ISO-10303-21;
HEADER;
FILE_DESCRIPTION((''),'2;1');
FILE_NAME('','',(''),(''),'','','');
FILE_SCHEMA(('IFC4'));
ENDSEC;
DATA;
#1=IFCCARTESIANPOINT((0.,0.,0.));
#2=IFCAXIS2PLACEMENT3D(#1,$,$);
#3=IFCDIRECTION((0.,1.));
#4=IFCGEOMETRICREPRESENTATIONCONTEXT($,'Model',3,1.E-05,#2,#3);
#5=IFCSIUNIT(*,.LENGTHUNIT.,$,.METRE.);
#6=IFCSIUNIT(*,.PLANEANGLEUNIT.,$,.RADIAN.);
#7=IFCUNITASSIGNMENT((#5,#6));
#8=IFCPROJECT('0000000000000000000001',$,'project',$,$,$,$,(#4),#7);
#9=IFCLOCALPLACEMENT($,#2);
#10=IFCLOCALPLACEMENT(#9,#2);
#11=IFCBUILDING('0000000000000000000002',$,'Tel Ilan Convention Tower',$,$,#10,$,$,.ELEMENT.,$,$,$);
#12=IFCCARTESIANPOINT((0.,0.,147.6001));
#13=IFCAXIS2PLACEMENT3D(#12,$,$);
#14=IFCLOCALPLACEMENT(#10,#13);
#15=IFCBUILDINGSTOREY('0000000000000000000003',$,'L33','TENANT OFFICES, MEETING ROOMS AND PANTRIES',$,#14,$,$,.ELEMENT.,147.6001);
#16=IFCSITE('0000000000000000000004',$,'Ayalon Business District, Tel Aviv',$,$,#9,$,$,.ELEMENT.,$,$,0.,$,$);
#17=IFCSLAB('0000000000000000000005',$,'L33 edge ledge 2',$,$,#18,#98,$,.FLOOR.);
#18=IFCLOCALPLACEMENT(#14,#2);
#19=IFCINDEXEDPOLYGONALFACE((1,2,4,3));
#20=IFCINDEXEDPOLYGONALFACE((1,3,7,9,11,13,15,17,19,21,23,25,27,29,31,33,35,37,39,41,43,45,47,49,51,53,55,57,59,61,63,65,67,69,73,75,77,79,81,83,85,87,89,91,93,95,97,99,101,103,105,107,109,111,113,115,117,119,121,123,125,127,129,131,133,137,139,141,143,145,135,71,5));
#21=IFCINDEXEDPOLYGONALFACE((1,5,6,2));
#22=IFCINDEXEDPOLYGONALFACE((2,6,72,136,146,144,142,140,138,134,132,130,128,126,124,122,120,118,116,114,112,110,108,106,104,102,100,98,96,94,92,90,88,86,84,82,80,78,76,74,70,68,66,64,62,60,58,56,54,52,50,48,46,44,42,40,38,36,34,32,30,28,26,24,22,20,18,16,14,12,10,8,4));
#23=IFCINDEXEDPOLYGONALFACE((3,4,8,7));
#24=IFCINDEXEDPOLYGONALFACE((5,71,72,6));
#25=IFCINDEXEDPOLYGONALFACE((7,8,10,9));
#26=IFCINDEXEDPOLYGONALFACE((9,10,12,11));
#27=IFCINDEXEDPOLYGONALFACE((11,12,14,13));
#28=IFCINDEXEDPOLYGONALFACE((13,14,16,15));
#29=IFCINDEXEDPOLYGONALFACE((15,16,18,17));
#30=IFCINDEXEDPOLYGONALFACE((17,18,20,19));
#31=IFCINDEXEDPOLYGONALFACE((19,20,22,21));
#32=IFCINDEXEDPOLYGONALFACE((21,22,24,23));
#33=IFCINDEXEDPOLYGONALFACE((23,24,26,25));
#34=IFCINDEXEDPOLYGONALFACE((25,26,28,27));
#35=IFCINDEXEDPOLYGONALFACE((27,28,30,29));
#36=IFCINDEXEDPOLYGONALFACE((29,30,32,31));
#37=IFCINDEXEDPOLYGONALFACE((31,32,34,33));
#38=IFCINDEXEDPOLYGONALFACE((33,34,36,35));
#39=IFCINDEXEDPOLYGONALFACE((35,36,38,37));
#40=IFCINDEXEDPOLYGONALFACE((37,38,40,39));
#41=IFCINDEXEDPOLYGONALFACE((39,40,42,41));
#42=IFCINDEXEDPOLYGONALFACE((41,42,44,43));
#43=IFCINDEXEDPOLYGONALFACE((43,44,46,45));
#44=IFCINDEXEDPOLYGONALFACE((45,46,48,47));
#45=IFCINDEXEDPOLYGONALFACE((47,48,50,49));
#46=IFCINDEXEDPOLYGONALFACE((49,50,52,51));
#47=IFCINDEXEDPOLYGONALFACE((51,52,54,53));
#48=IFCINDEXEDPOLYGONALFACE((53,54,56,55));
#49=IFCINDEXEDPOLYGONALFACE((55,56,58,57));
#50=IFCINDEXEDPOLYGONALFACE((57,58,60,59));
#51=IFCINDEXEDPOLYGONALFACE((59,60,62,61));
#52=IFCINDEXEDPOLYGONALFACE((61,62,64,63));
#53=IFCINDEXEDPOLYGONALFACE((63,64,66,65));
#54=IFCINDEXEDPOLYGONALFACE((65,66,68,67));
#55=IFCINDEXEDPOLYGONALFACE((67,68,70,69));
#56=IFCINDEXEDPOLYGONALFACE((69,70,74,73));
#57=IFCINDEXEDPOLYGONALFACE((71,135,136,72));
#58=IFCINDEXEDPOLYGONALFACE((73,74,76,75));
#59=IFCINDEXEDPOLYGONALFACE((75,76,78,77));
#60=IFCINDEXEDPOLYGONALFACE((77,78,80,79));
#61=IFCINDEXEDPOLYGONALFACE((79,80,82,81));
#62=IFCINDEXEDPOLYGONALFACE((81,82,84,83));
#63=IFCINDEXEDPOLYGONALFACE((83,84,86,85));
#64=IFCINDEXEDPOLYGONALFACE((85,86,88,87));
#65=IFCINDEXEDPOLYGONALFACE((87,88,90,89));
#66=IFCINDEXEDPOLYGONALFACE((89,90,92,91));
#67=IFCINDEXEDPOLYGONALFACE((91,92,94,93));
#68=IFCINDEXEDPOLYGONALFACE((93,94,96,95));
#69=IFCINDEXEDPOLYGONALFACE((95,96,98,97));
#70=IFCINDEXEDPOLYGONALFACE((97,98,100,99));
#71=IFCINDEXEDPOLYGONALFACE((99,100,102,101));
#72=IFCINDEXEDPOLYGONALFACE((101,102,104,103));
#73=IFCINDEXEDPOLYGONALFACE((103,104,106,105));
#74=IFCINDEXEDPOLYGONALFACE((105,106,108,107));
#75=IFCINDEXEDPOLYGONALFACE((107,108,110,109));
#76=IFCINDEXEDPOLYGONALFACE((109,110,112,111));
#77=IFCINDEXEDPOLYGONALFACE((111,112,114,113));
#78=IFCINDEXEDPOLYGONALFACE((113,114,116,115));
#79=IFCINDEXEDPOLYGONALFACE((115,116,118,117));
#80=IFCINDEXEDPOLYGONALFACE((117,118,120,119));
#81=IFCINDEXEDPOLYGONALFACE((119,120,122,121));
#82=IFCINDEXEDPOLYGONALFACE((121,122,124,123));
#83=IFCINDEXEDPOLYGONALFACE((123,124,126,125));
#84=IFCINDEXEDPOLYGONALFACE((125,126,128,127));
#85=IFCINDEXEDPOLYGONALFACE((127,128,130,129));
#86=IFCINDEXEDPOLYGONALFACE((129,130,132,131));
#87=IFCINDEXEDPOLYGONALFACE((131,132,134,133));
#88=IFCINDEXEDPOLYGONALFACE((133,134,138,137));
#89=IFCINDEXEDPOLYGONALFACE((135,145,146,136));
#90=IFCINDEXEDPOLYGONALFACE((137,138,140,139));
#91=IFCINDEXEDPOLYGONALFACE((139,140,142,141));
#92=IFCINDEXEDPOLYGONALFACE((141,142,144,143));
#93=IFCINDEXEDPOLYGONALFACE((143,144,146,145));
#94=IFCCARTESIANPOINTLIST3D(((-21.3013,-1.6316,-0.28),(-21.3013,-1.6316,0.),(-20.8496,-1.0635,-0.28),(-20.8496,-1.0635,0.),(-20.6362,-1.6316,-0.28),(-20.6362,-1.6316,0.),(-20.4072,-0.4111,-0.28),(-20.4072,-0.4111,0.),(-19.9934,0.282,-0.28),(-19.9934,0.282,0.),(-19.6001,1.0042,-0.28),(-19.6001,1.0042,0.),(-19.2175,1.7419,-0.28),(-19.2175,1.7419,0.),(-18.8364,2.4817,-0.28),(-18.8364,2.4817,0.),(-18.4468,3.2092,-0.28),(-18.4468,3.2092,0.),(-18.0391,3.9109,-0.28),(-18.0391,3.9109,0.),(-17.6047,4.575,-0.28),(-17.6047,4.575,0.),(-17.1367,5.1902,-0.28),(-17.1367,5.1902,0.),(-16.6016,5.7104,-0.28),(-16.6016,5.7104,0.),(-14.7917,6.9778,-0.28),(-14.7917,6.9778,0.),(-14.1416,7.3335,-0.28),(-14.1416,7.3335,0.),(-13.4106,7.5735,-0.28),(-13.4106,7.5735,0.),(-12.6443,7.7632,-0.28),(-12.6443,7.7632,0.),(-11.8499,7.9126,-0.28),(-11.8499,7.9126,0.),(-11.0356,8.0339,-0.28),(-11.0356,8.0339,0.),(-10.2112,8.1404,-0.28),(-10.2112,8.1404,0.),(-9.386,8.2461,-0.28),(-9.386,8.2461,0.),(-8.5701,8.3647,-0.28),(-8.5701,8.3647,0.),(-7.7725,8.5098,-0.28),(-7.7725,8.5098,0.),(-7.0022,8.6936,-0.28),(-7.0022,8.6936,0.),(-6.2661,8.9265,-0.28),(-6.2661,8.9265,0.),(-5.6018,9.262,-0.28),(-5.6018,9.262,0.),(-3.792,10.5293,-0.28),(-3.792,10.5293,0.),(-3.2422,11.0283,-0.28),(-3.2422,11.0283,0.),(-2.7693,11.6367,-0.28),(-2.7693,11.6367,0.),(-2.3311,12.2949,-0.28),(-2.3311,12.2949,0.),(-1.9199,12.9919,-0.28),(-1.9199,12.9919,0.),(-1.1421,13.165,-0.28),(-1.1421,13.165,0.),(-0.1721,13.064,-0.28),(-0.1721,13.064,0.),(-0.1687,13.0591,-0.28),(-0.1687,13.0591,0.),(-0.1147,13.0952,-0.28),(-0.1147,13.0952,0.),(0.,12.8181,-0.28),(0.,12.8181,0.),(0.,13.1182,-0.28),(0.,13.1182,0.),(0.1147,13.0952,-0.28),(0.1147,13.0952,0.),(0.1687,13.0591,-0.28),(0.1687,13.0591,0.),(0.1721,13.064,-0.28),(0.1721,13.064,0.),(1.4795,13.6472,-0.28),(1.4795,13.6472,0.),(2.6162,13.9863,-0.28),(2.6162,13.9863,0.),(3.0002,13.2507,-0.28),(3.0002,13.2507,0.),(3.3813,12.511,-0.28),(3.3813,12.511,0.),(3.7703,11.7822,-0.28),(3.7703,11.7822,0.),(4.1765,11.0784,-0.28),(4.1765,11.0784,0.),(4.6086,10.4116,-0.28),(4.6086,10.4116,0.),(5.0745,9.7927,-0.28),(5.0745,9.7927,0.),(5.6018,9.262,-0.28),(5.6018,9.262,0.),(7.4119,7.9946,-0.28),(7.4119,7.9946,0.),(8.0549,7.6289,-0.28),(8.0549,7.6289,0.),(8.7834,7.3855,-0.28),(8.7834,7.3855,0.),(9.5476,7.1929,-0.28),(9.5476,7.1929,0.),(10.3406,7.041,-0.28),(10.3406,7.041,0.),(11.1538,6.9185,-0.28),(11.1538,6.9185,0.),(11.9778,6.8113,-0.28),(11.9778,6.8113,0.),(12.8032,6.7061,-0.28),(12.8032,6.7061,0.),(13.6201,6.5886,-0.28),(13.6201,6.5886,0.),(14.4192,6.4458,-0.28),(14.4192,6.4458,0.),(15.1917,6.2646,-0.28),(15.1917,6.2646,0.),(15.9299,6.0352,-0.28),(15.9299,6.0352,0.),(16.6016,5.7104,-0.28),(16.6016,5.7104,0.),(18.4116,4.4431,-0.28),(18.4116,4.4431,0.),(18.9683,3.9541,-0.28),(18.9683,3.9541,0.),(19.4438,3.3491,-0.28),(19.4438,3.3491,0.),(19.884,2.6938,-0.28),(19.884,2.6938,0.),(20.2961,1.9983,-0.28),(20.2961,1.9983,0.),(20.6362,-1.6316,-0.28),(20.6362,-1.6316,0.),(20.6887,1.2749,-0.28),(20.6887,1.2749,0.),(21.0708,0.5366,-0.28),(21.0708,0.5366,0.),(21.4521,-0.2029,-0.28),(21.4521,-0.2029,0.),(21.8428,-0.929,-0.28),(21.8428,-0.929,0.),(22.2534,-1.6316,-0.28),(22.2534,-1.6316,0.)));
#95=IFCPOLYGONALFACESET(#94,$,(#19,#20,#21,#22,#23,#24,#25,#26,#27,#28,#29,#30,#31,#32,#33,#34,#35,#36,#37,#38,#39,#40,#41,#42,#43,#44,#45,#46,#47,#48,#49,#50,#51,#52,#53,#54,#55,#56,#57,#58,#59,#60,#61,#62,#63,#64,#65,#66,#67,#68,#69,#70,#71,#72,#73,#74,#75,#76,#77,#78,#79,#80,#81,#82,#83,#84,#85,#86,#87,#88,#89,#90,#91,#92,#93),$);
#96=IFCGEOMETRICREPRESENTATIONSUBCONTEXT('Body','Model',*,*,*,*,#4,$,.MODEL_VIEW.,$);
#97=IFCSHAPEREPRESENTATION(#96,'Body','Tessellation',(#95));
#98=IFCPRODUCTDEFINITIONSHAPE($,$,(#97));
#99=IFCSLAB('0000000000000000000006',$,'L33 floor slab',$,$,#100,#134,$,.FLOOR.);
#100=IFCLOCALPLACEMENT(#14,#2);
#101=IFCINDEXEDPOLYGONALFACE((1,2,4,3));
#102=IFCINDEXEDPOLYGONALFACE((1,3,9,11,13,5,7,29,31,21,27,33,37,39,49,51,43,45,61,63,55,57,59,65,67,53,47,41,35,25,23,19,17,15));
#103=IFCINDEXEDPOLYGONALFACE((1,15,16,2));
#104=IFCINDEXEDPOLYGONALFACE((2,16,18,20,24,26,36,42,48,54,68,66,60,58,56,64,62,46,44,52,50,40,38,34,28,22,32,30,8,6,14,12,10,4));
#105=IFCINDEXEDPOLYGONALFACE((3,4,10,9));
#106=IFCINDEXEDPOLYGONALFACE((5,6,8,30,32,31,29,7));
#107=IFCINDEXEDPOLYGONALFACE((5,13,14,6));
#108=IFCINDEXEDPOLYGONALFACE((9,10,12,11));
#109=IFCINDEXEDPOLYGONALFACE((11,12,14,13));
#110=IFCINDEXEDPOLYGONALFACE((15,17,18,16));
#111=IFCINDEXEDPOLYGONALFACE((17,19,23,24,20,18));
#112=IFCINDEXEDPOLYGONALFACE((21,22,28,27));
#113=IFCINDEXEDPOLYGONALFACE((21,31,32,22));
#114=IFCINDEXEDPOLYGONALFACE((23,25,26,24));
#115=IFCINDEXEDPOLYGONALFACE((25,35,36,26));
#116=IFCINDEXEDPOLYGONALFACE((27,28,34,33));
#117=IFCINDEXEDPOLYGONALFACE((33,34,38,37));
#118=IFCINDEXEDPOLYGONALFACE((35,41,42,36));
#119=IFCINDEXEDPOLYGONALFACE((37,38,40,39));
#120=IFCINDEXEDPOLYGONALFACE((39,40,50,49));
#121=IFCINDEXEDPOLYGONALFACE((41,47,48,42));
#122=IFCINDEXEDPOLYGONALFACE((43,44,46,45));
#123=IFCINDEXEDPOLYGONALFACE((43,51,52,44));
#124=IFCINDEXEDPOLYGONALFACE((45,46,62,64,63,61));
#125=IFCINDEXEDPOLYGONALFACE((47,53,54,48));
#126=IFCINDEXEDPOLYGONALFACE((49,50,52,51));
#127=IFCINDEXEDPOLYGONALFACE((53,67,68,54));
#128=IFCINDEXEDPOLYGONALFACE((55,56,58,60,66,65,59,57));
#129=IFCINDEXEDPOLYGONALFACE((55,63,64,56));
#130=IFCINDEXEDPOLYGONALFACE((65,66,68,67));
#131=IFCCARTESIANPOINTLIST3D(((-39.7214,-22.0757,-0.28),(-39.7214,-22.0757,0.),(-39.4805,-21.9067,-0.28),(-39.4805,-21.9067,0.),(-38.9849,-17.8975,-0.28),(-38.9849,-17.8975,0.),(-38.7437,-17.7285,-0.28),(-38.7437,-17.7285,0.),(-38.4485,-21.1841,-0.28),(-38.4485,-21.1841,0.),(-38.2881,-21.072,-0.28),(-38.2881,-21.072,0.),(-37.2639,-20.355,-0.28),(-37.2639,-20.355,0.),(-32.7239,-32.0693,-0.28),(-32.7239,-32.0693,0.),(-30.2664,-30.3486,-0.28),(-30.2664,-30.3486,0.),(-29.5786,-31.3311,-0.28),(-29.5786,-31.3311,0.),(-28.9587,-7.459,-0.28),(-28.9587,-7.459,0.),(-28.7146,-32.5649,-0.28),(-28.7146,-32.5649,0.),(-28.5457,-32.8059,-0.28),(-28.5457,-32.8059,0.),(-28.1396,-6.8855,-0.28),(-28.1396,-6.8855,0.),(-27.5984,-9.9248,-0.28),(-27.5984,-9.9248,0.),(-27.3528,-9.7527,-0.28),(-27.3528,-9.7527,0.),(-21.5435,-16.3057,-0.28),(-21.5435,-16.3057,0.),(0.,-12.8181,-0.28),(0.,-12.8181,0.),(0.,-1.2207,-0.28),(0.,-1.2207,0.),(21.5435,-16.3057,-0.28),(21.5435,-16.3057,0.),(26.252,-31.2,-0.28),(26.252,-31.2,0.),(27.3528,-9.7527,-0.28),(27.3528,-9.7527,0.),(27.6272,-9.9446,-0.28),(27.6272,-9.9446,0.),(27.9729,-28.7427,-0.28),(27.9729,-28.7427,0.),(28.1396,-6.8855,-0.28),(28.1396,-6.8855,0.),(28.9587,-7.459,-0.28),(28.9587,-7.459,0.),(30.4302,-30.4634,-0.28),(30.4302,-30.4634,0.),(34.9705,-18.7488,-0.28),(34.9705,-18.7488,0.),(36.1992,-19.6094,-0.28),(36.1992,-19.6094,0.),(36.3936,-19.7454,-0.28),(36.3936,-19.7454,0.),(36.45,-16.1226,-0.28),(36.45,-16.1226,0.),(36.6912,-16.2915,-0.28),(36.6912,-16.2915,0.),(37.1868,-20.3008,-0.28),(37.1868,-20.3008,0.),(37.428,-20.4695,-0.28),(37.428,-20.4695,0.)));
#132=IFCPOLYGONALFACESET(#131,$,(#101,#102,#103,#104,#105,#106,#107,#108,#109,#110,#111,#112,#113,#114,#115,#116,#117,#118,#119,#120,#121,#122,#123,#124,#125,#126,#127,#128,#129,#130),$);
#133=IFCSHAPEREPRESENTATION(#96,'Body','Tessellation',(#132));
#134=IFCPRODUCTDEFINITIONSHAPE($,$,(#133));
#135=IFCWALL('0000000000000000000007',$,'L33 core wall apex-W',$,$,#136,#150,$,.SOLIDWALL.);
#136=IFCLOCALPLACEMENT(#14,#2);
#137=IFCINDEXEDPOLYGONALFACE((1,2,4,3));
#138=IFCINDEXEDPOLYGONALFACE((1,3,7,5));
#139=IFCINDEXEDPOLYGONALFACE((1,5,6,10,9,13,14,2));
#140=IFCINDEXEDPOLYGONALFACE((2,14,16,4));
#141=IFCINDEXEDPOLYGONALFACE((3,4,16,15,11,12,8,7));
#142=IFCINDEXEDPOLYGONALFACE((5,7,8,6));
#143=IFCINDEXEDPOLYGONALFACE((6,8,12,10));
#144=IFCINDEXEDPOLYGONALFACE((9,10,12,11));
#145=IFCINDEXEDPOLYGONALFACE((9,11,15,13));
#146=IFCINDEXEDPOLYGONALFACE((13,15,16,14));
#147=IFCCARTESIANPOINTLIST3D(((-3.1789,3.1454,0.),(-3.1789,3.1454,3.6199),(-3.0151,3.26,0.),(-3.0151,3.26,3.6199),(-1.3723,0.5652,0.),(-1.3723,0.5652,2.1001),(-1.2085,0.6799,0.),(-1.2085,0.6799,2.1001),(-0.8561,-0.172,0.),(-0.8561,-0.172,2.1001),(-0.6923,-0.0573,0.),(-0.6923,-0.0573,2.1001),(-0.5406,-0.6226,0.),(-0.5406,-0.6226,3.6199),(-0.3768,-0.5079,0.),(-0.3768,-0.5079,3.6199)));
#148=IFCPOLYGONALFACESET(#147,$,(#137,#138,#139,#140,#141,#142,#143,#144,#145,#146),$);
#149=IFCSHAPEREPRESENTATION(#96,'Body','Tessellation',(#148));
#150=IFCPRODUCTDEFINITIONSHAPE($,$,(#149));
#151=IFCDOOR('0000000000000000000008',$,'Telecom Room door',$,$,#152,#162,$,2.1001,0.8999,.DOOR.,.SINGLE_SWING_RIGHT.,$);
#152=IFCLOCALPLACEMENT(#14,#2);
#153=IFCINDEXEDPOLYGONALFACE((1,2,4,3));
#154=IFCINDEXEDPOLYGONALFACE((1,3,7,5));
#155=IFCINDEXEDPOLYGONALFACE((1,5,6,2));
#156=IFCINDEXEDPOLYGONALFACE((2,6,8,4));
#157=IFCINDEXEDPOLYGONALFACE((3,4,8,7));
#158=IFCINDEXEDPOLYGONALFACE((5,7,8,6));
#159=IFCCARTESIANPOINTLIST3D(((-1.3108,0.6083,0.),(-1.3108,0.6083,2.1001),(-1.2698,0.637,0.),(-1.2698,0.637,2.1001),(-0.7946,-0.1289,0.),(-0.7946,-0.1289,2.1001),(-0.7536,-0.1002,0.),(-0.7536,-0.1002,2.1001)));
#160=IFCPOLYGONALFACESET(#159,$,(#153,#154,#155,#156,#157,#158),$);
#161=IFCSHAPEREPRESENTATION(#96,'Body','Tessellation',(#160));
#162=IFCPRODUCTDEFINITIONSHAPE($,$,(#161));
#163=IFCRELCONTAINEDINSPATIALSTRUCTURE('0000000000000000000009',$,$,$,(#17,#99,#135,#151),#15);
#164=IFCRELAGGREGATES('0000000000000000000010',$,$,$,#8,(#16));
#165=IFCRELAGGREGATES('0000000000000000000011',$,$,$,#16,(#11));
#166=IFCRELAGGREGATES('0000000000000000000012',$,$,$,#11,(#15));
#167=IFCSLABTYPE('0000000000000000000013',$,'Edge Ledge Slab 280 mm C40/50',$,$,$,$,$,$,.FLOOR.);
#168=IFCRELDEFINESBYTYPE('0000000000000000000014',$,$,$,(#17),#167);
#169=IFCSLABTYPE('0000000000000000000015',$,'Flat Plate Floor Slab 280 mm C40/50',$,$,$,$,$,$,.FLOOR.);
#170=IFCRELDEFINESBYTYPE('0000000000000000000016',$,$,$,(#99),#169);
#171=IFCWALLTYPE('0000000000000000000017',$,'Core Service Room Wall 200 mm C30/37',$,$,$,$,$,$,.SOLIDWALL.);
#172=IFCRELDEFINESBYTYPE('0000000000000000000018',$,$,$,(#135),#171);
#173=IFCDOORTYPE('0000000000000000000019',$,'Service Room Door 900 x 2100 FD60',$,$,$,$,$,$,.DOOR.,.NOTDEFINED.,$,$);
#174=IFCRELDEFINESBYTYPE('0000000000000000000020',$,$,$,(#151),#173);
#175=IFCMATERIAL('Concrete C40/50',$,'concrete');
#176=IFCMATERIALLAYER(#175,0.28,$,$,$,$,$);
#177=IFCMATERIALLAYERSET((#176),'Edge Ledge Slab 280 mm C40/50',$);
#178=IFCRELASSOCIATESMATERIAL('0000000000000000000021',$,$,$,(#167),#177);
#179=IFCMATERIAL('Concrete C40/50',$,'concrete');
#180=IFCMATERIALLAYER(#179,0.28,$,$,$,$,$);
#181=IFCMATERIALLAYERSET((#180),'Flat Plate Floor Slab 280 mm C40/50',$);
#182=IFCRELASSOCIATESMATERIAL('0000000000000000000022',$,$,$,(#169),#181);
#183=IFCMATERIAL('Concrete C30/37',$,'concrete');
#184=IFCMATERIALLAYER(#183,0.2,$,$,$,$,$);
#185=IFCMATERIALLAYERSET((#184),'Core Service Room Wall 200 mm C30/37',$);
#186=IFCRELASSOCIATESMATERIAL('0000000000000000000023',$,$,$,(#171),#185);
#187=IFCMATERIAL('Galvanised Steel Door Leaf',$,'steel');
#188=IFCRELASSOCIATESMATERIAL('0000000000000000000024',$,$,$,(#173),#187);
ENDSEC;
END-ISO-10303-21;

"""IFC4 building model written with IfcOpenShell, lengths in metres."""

from ifc_helpers import new_model, si_unit, direction, frame, frame_2d, origin, place, context, subcontext, project, spatial, polyline, rectangle, outline, extrude, material, layer, layer_set, type_object, element, fill, save


model = new_model("IFC4")

# Units and contexts
model_context = context("Model", 3, precision=1e-05, world=origin(), true_north=direction((0.0, 1.0)))
body_context = subcontext(model_context, "Body", "Model", "MODEL_VIEW")
ifc_project = project(units=[si_unit("LENGTHUNIT", "METRE"), si_unit("PLANEANGLEUNIT", "RADIAN")], contexts=[model_context])

# Site, building, storey
site_placement = place(None, origin())
site = spatial("IfcSite", under=ifc_project, at=site_placement, Name="Ayalon Business District, Tel Aviv", CompositionType="ELEMENT", RefElevation=0.0)
building_placement = place(site_placement, origin())
building = spatial("IfcBuilding", under=site, at=building_placement, Name="Tel Ilan Convention Tower", CompositionType="ELEMENT")
storey_placement = place(building_placement, frame((0.0, 0.0, 147.6001)))
storey = spatial("IfcBuildingStorey", under=building, at=storey_placement, Name="L33", Description="TENANT OFFICES, MEETING ROOMS AND PANTRIES", CompositionType="ELEMENT", Elevation=147.6001)

# Slabs
ifc_material_1 = material(Name="Concrete C40/50", Category="concrete")
ifc_layer_1 = layer(ifc_material_1, 0.28)
ifc_layer_set_1 = layer_set([ifc_layer_1], Name="Edge Ledge Slab 280 mm C40/50")
slab_type_1 = type_object("IfcSlabType", Name="Edge Ledge Slab 280 mm C40/50", PredefinedType="FLOOR", material=ifc_layer_set_1)
slab_1_placement = place(storey_placement, frame((0.0, 0.0, -0.28)))
element("IfcSlab", 1, at=slab_1_placement, inside=storey, type_object=slab_type_1, Name="L33 edge ledge 2", PredefinedType="FLOOR", context=body_context, shape_type="SweptSolid", body=[
    extrude(outline(polyline([(-19.6001, 1.0042), (-19.2175, 1.7419), (-18.8364, 2.4817), (-18.4468, 3.2092), (-18.0391, 3.9109), (-17.6047, 4.575), (-17.1367, 5.1902), (-16.6016, 5.7104), (-14.7917, 6.9778), (-14.1416, 7.3335), (-13.4106, 7.5735), (-12.6443, 7.7632), (-11.8499, 7.9126), (-11.0356, 8.0339), (-10.2112, 8.1404), (-9.386, 8.2461), (-8.5701, 8.3647), (-7.7725, 8.5098), (-7.0022, 8.6936), (-6.2661, 8.9265), (-5.6018, 9.262), (-3.792, 10.5293), (-3.2422, 11.0283), (-2.7693, 11.6367), (-2.3311, 12.2949), (-1.9199, 12.9919), (-1.1421, 13.165), (-0.1721, 13.064), (-0.1687, 13.0591), (-0.1147, 13.0952), (0.0, 13.1182), (0.1147, 13.0952), (0.1687, 13.0591), (0.1721, 13.064), (1.4795, 13.6472), (2.6162, 13.9863), (3.0002, 13.2507), (3.3813, 12.511), (3.7703, 11.7822), (4.1765, 11.0784), (4.6086, 10.4116), (5.0745, 9.7927), (5.6018, 9.262), (7.4119, 7.9946), (8.0549, 7.6289), (8.7834, 7.3855), (9.5476, 7.1929), (10.3406, 7.041), (11.1538, 6.9185), (11.9778, 6.8113), (12.8032, 6.7061), (13.6201, 6.5886), (14.4192, 6.4458), (15.1917, 6.2646), (15.9299, 6.0352), (16.6016, 5.7104), (18.4116, 4.4431), (18.9683, 3.9541), (19.4438, 3.3491), (19.884, 2.6938), (20.2961, 1.9983), (20.6887, 1.2749), (21.0708, 0.5366), (21.4521, -0.2029), (21.8428, -0.929), (22.2534, -1.6316), (20.6362, -1.6316), (0.0, 12.8181), (-20.6362, -1.6316), (-21.3013, -1.6316), (-20.8496, -1.0635), (-20.4072, -0.4111), (-19.9934, 0.282), (-19.6001, 1.0042)])), origin(), (0.0, 0.0, 1.0), 0.28),
])
ifc_material_2 = material(Name="Concrete C40/50", Category="concrete")
ifc_layer_2 = layer(ifc_material_2, 0.28)
ifc_layer_set_2 = layer_set([ifc_layer_2], Name="Flat Plate Floor Slab 280 mm C40/50")
slab_type_2 = type_object("IfcSlabType", Name="Flat Plate Floor Slab 280 mm C40/50", PredefinedType="FLOOR", material=ifc_layer_set_2)
slab_2_placement = place(storey_placement, frame((0.0, 0.0, -0.28)))
element("IfcSlab", 2, at=slab_2_placement, inside=storey, type_object=slab_type_2, Name="L33 floor slab", PredefinedType="FLOOR", context=body_context, shape_type="SweptSolid", body=[
    extrude(outline(polyline([(37.1868, -20.3008), (37.428, -20.4695), (30.4302, -30.4634), (27.9729, -28.7427), (26.252, -31.2), (0.0, -12.8181), (-28.5457, -32.8059), (-28.7146, -32.5649), (-29.5786, -31.3311), (-30.2664, -30.3486), (-32.7239, -32.0693), (-39.7214, -22.0757), (-39.4805, -21.9067), (-38.4485, -21.1841), (-38.2881, -21.072), (-37.2639, -20.355), (-38.9849, -17.8975), (-38.7437, -17.7285), (-27.5984, -9.9248), (-27.3528, -9.7527), (-28.9587, -7.459), (-28.1396, -6.8855), (-21.5435, -16.3057), (0.0, -1.2207), (21.5435, -16.3057), (28.1396, -6.8855), (28.9587, -7.459), (27.3528, -9.7527), (27.6272, -9.9446), (36.45, -16.1226), (36.6912, -16.2915), (34.9705, -18.7488), (36.1992, -19.6094), (36.3936, -19.7454), (37.1868, -20.3008)])), origin(), (0.0, 0.0, 1.0), 0.28),
])

# Wall, opening, door
ifc_material_3 = material(Name="Concrete C30/37", Category="concrete")
ifc_layer_3 = layer(ifc_material_3, 0.2)
ifc_layer_set_3 = layer_set([ifc_layer_3], Name="Core Service Room Wall 200 mm C30/37")
wall_type_1 = type_object("IfcWallType", Name="Core Service Room Wall 200 mm C30/37", PredefinedType="SOLIDWALL", material=ifc_layer_set_3)
wall_1_placement = place(storey_placement, frame((-0.4587, -0.5652, 0.0), z_axis=(0.0, 0.0, 1.0), x_axis=(-0.573576, 0.819152, 0.0)))
wall_1 = element("IfcWall", 3, at=wall_1_placement, inside=storey, type_object=wall_type_1, Name="L33 core wall apex-W", PredefinedType="SOLIDWALL", context=body_context, shape_type="SweptSolid", body=[
    extrude(rectangle(XDim=4.5999, YDim=0.2, at=frame_2d((2.2998, 0.0))), origin(), (0.0, 0.0, 1.0), 3.6199),
])
opening_1_placement = place(wall_1_placement, frame((0.55, 0.0, 0.0)))
opening_1 = element("IfcOpeningElement", 4, at=opening_1_placement, cuts=wall_1, PredefinedType="OPENING", context=body_context, shape_type="SweptSolid", body=[
    extrude(rectangle(XDim=0.8999, YDim=2.1001, at=frame_2d((0.45, 1.05))), frame((0.0, 0.1099, 0.0), z_axis=(0.0, -1.0, 0.0), x_axis=(1.0, 0.0, 0.0)), (0.0, 0.0, 1.0), 0.22),
])
ifc_material_4 = material(Name="Galvanised Steel Door Leaf", Category="steel")
door_type_1 = type_object("IfcDoorType", Name="Service Room Door 900 x 2100 FD60", OperationType="NOTDEFINED", PredefinedType="DOOR", material=ifc_material_4)
door_1_placement = place(opening_1_placement, origin())
door_1 = element("IfcDoor", 5, at=door_1_placement, inside=storey, type_object=door_type_1, Name="Telecom Room door", OperationType="SINGLE_SWING_RIGHT", OverallHeight=2.1001, OverallWidth=0.8999, PredefinedType="DOOR", context=body_context, shape_type="SweptSolid", body=[
    extrude(rectangle(XDim=0.8999, YDim=2.1001, at=frame_2d((0.45, 1.05))), frame((0.0, 0.0249, 0.0), z_axis=(0.0, -1.0, 0.0), x_axis=(1.0, 0.0, 0.0)), (0.0, 0.0, 1.0), 0.05),
])
fill(opening_1, door_1)

save(model, "model.ifc")
